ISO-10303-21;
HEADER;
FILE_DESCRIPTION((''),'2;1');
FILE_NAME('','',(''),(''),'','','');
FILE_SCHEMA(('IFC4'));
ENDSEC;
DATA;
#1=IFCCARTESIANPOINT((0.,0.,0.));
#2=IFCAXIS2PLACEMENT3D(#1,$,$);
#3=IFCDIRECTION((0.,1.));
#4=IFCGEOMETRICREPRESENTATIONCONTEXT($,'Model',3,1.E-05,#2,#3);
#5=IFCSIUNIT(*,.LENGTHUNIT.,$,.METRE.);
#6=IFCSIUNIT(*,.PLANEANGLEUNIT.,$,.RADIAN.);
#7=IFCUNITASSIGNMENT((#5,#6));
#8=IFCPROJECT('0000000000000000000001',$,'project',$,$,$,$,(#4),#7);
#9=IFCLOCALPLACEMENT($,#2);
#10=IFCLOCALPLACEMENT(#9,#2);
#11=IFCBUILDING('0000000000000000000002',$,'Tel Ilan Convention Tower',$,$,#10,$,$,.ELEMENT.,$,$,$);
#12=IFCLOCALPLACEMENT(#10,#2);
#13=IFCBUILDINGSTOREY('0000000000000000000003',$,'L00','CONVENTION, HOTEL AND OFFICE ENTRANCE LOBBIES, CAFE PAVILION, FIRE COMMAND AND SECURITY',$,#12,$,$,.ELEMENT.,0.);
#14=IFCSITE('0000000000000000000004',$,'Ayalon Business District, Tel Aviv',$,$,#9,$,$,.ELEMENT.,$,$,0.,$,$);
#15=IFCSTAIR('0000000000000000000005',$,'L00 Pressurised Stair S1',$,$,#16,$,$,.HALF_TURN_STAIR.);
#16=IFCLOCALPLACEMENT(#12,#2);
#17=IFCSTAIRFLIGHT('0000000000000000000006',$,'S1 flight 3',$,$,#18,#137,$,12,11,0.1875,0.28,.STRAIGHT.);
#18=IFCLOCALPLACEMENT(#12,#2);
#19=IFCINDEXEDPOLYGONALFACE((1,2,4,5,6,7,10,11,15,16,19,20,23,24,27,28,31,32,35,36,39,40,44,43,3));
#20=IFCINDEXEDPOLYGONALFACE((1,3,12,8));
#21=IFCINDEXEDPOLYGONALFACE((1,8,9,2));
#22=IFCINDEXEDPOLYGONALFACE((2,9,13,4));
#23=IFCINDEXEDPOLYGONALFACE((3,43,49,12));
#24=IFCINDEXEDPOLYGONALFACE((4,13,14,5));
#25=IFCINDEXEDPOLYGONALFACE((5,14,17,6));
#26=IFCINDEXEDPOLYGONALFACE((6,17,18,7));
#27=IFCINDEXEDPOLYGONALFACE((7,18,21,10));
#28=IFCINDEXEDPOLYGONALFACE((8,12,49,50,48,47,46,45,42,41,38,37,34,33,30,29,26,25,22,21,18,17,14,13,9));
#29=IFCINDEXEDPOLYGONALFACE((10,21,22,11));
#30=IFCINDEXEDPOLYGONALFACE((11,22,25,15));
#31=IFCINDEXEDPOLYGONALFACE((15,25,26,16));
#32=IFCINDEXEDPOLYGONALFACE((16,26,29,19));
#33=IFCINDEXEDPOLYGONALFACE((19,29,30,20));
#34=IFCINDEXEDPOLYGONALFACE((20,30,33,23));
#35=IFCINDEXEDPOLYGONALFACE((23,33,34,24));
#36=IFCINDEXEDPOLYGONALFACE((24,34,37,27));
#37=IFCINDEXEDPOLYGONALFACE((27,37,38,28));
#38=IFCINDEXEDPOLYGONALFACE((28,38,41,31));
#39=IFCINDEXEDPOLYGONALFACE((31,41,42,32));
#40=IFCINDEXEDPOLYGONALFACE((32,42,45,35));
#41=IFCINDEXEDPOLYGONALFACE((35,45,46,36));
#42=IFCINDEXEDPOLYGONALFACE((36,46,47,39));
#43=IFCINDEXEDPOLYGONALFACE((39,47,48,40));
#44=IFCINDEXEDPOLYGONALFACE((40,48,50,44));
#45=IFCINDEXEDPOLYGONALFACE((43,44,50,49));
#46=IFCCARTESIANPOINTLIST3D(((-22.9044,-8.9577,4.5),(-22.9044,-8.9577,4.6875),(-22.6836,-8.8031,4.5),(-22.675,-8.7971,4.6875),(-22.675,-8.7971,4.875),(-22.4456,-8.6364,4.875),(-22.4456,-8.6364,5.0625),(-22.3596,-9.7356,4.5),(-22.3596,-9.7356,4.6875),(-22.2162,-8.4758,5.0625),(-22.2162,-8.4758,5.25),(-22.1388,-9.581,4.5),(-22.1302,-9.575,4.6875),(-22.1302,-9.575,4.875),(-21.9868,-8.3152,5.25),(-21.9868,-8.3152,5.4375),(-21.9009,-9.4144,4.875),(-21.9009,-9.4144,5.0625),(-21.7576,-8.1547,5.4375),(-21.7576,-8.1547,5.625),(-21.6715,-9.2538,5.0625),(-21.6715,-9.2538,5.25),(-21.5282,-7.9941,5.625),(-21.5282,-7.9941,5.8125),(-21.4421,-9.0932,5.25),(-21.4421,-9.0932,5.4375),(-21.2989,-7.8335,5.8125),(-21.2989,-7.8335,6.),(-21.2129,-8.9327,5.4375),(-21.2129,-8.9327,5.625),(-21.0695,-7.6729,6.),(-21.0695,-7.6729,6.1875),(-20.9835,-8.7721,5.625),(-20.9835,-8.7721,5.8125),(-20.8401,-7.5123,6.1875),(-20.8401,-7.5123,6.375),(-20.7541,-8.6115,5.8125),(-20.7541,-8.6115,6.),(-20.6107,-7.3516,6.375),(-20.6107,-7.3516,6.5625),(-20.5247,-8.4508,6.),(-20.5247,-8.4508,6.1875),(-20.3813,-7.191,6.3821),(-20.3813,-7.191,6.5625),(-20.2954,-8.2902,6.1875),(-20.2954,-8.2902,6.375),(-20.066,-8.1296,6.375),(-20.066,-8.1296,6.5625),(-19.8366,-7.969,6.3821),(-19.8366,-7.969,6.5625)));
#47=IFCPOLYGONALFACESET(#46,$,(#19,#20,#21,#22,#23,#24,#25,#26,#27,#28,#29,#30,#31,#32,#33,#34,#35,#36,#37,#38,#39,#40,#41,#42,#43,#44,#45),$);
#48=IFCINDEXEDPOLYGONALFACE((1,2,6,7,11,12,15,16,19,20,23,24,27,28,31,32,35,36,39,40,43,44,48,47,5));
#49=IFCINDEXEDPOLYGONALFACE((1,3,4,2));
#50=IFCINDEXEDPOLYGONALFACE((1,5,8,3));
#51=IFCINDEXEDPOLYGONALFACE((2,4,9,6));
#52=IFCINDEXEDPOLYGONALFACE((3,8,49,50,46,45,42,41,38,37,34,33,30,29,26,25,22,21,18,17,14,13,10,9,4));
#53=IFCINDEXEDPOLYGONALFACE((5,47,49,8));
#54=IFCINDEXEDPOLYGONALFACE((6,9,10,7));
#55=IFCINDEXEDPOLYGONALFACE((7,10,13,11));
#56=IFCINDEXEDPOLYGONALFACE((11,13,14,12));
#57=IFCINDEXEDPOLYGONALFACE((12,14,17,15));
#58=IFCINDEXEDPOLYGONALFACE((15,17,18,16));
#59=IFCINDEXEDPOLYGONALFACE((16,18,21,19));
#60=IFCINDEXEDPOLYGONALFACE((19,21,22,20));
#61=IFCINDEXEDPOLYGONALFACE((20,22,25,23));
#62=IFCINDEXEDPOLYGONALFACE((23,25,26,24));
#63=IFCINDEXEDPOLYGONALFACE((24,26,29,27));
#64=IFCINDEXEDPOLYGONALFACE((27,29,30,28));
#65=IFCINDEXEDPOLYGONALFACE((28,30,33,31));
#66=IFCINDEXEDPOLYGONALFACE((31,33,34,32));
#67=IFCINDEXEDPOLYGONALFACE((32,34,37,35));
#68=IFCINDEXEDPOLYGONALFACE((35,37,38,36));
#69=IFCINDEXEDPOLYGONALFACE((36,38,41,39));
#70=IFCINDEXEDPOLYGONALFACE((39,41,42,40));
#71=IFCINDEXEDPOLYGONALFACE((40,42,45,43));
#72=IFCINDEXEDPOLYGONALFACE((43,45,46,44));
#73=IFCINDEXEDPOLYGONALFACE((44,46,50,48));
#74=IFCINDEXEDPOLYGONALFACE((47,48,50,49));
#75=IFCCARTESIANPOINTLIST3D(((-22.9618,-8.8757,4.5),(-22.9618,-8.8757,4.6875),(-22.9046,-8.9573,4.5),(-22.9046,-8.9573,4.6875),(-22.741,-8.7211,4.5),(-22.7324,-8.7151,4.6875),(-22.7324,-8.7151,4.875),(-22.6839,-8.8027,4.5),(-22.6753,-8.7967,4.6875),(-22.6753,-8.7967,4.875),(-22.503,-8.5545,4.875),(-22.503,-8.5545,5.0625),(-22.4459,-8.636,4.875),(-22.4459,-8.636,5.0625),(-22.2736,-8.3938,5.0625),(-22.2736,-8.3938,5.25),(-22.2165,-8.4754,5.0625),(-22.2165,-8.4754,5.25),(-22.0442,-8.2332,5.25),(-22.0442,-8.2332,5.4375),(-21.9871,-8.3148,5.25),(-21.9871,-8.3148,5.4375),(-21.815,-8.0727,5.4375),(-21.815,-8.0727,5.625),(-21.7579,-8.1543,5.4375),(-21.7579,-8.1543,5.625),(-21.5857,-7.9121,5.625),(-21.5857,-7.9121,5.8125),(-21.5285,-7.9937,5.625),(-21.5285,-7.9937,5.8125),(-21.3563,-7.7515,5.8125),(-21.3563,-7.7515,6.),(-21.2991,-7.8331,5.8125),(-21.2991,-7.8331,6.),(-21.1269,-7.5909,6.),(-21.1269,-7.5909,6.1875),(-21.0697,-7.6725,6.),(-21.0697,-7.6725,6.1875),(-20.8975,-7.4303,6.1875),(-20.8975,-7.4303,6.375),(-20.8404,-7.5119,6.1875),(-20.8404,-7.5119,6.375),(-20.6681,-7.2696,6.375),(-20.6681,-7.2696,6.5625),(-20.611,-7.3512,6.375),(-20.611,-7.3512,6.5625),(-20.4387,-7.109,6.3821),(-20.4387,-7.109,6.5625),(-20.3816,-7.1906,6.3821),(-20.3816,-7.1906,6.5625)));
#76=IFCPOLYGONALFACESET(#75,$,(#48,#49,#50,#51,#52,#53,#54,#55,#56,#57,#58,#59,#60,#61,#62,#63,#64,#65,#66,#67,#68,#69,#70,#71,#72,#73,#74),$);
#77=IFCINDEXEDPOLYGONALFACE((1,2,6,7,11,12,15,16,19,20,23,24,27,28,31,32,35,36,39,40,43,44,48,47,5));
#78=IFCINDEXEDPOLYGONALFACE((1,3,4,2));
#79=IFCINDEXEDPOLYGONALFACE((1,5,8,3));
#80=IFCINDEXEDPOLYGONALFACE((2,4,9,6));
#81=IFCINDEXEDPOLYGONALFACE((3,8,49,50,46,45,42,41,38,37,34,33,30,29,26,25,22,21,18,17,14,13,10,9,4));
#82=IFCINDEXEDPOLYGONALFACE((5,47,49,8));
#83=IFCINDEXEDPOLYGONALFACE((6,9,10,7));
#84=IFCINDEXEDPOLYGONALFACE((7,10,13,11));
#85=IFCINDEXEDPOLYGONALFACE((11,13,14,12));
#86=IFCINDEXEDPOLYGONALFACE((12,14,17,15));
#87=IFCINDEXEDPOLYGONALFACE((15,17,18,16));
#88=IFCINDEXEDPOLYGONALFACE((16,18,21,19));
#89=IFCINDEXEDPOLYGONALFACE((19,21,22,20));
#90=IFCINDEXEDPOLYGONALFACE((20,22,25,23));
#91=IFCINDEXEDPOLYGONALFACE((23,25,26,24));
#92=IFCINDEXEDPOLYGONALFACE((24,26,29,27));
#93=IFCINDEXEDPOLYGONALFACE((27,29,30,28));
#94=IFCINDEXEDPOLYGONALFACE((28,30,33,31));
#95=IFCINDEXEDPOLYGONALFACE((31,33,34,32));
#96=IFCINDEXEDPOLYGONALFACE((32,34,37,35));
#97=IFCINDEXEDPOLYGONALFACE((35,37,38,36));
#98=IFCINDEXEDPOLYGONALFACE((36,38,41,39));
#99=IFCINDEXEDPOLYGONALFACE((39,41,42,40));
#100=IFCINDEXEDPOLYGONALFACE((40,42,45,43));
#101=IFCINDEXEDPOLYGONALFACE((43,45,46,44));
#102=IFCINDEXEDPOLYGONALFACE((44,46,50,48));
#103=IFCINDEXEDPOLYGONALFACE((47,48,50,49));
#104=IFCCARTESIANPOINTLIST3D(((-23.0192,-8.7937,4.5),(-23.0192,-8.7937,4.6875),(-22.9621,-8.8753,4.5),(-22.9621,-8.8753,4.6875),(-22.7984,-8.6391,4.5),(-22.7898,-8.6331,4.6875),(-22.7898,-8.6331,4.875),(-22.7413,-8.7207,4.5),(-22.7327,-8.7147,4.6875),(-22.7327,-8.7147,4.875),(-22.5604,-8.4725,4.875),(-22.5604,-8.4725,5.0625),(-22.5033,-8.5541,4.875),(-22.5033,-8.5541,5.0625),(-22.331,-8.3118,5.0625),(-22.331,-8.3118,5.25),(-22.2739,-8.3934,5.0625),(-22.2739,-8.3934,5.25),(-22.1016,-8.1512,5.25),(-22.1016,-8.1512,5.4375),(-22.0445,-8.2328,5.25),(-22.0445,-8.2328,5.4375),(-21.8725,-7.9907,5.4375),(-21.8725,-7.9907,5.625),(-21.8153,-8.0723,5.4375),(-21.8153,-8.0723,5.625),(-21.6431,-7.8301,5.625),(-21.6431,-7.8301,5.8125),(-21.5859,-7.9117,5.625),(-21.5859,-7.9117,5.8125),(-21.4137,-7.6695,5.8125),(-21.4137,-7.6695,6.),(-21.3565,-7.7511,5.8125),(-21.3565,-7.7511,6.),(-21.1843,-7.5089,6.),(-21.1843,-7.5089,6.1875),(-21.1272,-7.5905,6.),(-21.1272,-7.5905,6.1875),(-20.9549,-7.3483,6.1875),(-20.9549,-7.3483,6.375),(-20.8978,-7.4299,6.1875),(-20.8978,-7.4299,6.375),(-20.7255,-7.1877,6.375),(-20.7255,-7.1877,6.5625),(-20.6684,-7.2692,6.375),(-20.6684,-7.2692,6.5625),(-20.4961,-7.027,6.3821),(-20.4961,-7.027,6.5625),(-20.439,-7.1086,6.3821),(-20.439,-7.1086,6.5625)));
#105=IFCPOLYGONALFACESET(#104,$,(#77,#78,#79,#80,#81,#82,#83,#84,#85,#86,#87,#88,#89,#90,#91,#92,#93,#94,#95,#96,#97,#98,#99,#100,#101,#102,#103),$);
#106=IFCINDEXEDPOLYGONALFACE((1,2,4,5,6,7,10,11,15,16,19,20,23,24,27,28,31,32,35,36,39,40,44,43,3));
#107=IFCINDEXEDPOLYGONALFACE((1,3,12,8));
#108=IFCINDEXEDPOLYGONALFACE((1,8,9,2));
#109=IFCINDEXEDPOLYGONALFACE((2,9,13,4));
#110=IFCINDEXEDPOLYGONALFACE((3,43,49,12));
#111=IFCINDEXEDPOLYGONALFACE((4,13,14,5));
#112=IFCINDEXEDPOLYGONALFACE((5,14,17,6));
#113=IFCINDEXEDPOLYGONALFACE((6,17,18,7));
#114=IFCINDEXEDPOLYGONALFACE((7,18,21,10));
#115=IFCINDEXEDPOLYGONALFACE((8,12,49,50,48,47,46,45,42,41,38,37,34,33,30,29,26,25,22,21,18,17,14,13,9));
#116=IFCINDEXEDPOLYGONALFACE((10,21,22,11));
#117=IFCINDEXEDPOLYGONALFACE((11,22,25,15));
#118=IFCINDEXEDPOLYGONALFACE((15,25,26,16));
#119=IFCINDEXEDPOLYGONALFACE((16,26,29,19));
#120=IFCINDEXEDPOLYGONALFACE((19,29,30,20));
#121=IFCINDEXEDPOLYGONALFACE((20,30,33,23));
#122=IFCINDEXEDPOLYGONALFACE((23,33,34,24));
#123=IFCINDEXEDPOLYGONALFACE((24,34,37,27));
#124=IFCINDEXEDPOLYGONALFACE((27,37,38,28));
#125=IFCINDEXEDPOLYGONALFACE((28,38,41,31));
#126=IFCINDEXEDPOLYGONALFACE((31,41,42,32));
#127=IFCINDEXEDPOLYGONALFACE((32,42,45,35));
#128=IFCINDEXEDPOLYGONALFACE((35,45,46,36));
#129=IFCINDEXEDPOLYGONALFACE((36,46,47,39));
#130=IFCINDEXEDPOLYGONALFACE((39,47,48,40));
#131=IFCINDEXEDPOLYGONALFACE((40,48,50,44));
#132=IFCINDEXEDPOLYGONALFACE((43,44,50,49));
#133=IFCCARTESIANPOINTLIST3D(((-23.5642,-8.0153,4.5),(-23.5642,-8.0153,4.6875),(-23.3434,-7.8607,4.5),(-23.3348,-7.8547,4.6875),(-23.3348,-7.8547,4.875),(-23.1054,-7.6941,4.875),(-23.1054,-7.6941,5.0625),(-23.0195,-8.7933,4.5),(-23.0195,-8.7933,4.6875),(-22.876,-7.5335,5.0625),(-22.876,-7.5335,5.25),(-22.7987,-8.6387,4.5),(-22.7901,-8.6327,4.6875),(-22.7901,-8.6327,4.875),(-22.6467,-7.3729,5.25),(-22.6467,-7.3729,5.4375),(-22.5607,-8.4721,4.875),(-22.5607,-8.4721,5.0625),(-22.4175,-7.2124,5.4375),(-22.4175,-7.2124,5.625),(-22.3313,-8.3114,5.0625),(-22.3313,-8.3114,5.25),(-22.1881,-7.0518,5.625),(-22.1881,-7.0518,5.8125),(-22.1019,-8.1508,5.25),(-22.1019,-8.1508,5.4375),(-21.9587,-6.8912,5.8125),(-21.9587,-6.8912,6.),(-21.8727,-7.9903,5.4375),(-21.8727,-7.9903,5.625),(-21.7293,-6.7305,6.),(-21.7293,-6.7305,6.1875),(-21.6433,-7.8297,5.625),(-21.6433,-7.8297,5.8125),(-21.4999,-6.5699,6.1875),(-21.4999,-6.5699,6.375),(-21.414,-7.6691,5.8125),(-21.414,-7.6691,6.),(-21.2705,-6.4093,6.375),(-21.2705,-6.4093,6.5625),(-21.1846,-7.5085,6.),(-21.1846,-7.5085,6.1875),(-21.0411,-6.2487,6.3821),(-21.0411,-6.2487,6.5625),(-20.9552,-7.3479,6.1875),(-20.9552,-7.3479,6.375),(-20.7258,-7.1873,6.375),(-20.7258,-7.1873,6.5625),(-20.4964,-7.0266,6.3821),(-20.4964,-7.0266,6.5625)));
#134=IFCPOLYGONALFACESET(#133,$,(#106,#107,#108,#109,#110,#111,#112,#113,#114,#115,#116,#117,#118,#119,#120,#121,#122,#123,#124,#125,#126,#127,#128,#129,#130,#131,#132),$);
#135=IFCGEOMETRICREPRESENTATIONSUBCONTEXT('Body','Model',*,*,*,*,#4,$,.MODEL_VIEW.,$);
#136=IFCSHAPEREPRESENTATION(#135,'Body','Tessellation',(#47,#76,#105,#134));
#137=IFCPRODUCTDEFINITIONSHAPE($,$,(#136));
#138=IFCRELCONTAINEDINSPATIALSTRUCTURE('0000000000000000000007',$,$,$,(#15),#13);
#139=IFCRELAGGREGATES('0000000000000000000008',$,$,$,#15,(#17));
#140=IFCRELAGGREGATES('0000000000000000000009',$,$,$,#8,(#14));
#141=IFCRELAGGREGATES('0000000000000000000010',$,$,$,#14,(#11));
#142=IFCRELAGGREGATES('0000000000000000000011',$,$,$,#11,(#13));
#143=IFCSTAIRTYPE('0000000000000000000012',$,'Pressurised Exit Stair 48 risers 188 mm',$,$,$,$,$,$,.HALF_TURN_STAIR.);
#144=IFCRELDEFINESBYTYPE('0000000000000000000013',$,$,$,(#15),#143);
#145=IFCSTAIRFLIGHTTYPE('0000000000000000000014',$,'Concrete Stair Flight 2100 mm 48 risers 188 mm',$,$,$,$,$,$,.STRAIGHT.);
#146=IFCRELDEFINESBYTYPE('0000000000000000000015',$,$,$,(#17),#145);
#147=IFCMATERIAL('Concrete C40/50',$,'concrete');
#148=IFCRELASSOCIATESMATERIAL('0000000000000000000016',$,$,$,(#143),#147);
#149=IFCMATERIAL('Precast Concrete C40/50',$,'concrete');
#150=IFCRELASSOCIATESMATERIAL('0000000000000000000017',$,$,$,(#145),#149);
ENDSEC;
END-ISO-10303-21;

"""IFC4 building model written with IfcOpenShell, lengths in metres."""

from ifc_helpers import new_model, si_unit, direction, frame, origin, place, context, subcontext, project, spatial, polyline, outline, extrude, material, type_object, element, aggregate, save


model = new_model("IFC4")

# Units and contexts
model_context = context("Model", 3, precision=1e-05, world=origin(), true_north=direction((0.0, 1.0)))
body_context = subcontext(model_context, "Body", "Model", "MODEL_VIEW")
ifc_project = project(units=[si_unit("LENGTHUNIT", "METRE"), si_unit("PLANEANGLEUNIT", "RADIAN")], contexts=[model_context])

# Site, building, storey
site_placement = place(None, origin())
site = spatial("IfcSite", under=ifc_project, at=site_placement, Name="Ayalon Business District, Tel Aviv", CompositionType="ELEMENT", RefElevation=0.0)
building_placement = place(site_placement, origin())
building = spatial("IfcBuilding", under=site, at=building_placement, Name="Tel Ilan Convention Tower", CompositionType="ELEMENT")
storey_placement = place(building_placement, origin())
storey = spatial("IfcBuildingStorey", under=building, at=storey_placement, Name="L00", Description="CONVENTION, HOTEL AND OFFICE ENTRANCE LOBBIES, CAFE PAVILION, FIRE COMMAND AND SECURITY", CompositionType="ELEMENT", Elevation=0.0)

# Stair, stair flight
ifc_material_1 = material(Name="Concrete C40/50", Category="concrete")
stair_type = type_object("IfcStairType", Name="Pressurised Exit Stair 48 risers 188 mm", PredefinedType="HALF_TURN_STAIR", material=ifc_material_1)
stair_placement = place(storey_placement, origin())
stair = element("IfcStair", 1, at=stair_placement, inside=storey, type_object=stair_type, Name="L00 Pressurised Stair S1", PredefinedType="HALF_TURN_STAIR")
ifc_material_2 = material(Name="Precast Concrete C40/50", Category="concrete")
stair_flight_type = type_object("IfcStairFlightType", Name="Concrete Stair Flight 2100 mm 48 risers 188 mm", PredefinedType="STRAIGHT", material=ifc_material_2)
stair_flight_1_placement = place(storey_placement, frame((-22.9619, -8.8755, 4.5), z_axis=(0.0, 0.0, 1.0), x_axis=(0.819152, 0.573576, 0.0)))
stair_flight_1 = element("IfcStairFlight", 2, at=stair_flight_1_placement, type_object=stair_flight_type, Name="S1 flight 3", NumberOfRisers=12, NumberOfTreads=11, PredefinedType="STRAIGHT", RiserHeight=0.1875, TreadLength=0.28, context=body_context, shape_type="SweptSolid", body=[
    extrude(outline(polyline([(0.0, 0.0), (0.0, 0.1875), (0.28, 0.1875), (0.28, 0.375), (0.5601, 0.375), (0.5601, 0.5625), (0.8401, 0.5625), (0.8401, 0.75), (1.1201, 0.75), (1.1201, 0.9375), (1.3999, 0.9375), (1.3999, 1.125), (1.6799, 1.125), (1.6799, 1.3125), (1.96, 1.3125), (1.96, 1.5), (2.24, 1.5), (2.24, 1.6875), (2.52, 1.6875), (2.52, 1.875), (2.8, 1.875), (2.8, 2.0625), (3.0801, 2.0625), (3.0801, 2.25), (3.0801, 1.8821), (0.2695, 0.0), (0.0, 0.0)])), frame((0.0, -0.1003, 0.0), z_axis=(0.0, -1.0, 0.0), x_axis=(1.0, 0.0, 0.0)), (0.0, 0.0, 1.0), 0.9497),
    extrude(outline(polyline([(0.0, 0.0), (0.0, 0.1875), (0.28, 0.1875), (0.28, 0.375), (0.5601, 0.375), (0.5601, 0.5625), (0.8401, 0.5625), (0.8401, 0.75), (1.1201, 0.75), (1.1201, 0.9375), (1.3999, 0.9375), (1.3999, 1.125), (1.6799, 1.125), (1.6799, 1.3125), (1.96, 1.3125), (1.96, 1.5), (2.24, 1.5), (2.24, 1.6875), (2.52, 1.6875), (2.52, 1.875), (2.8, 1.875), (2.8, 2.0625), (3.0801, 2.0625), (3.0801, 2.25), (3.0801, 1.8821), (0.2695, 0.0), (0.0, 0.0)])), frame((0.0, -0.0002, 0.0), z_axis=(0.0, -1.0, 0.0), x_axis=(1.0, 0.0, 0.0)), (0.0, 0.0, 1.0), 0.0996),
    extrude(outline(polyline([(0.0, 0.0), (0.0, 0.1875), (0.28, 0.1875), (0.28, 0.375), (0.5601, 0.375), (0.5601, 0.5625), (0.8401, 0.5625), (0.8401, 0.75), (1.1201, 0.75), (1.1201, 0.9375), (1.3999, 0.9375), (1.3999, 1.125), (1.6799, 1.125), (1.6799, 1.3125), (1.96, 1.3125), (1.96, 1.5), (2.24, 1.5), (2.24, 1.6875), (2.52, 1.6875), (2.52, 1.875), (2.8, 1.875), (2.8, 2.0625), (3.0801, 2.0625), (3.0801, 2.25), (3.0801, 1.8821), (0.2695, 0.0), (0.0, 0.0)])), frame((0.0, 0.0999, 0.0), z_axis=(0.0, -1.0, 0.0), x_axis=(1.0, 0.0, 0.0)), (0.0, 0.0, 1.0), 0.0996),
    extrude(outline(polyline([(0.0, 0.0), (0.0, 0.1875), (0.28, 0.1875), (0.28, 0.375), (0.5601, 0.375), (0.5601, 0.5625), (0.8401, 0.5625), (0.8401, 0.75), (1.1201, 0.75), (1.1201, 0.9375), (1.3999, 0.9375), (1.3999, 1.125), (1.6799, 1.125), (1.6799, 1.3125), (1.96, 1.3125), (1.96, 1.5), (2.24, 1.5), (2.24, 1.6875), (2.52, 1.6875), (2.52, 1.875), (2.8, 1.875), (2.8, 2.0625), (3.0801, 2.0625), (3.0801, 2.25), (3.0801, 1.8821), (0.2695, 0.0), (0.0, 0.0)])), frame((0.0, 1.05, 0.0), z_axis=(0.0, -1.0, 0.0), x_axis=(1.0, 0.0, 0.0)), (0.0, 0.0, 1.0), 0.9497),
])
aggregate(stair, [stair_flight_1])

save(model, "model.ifc")
